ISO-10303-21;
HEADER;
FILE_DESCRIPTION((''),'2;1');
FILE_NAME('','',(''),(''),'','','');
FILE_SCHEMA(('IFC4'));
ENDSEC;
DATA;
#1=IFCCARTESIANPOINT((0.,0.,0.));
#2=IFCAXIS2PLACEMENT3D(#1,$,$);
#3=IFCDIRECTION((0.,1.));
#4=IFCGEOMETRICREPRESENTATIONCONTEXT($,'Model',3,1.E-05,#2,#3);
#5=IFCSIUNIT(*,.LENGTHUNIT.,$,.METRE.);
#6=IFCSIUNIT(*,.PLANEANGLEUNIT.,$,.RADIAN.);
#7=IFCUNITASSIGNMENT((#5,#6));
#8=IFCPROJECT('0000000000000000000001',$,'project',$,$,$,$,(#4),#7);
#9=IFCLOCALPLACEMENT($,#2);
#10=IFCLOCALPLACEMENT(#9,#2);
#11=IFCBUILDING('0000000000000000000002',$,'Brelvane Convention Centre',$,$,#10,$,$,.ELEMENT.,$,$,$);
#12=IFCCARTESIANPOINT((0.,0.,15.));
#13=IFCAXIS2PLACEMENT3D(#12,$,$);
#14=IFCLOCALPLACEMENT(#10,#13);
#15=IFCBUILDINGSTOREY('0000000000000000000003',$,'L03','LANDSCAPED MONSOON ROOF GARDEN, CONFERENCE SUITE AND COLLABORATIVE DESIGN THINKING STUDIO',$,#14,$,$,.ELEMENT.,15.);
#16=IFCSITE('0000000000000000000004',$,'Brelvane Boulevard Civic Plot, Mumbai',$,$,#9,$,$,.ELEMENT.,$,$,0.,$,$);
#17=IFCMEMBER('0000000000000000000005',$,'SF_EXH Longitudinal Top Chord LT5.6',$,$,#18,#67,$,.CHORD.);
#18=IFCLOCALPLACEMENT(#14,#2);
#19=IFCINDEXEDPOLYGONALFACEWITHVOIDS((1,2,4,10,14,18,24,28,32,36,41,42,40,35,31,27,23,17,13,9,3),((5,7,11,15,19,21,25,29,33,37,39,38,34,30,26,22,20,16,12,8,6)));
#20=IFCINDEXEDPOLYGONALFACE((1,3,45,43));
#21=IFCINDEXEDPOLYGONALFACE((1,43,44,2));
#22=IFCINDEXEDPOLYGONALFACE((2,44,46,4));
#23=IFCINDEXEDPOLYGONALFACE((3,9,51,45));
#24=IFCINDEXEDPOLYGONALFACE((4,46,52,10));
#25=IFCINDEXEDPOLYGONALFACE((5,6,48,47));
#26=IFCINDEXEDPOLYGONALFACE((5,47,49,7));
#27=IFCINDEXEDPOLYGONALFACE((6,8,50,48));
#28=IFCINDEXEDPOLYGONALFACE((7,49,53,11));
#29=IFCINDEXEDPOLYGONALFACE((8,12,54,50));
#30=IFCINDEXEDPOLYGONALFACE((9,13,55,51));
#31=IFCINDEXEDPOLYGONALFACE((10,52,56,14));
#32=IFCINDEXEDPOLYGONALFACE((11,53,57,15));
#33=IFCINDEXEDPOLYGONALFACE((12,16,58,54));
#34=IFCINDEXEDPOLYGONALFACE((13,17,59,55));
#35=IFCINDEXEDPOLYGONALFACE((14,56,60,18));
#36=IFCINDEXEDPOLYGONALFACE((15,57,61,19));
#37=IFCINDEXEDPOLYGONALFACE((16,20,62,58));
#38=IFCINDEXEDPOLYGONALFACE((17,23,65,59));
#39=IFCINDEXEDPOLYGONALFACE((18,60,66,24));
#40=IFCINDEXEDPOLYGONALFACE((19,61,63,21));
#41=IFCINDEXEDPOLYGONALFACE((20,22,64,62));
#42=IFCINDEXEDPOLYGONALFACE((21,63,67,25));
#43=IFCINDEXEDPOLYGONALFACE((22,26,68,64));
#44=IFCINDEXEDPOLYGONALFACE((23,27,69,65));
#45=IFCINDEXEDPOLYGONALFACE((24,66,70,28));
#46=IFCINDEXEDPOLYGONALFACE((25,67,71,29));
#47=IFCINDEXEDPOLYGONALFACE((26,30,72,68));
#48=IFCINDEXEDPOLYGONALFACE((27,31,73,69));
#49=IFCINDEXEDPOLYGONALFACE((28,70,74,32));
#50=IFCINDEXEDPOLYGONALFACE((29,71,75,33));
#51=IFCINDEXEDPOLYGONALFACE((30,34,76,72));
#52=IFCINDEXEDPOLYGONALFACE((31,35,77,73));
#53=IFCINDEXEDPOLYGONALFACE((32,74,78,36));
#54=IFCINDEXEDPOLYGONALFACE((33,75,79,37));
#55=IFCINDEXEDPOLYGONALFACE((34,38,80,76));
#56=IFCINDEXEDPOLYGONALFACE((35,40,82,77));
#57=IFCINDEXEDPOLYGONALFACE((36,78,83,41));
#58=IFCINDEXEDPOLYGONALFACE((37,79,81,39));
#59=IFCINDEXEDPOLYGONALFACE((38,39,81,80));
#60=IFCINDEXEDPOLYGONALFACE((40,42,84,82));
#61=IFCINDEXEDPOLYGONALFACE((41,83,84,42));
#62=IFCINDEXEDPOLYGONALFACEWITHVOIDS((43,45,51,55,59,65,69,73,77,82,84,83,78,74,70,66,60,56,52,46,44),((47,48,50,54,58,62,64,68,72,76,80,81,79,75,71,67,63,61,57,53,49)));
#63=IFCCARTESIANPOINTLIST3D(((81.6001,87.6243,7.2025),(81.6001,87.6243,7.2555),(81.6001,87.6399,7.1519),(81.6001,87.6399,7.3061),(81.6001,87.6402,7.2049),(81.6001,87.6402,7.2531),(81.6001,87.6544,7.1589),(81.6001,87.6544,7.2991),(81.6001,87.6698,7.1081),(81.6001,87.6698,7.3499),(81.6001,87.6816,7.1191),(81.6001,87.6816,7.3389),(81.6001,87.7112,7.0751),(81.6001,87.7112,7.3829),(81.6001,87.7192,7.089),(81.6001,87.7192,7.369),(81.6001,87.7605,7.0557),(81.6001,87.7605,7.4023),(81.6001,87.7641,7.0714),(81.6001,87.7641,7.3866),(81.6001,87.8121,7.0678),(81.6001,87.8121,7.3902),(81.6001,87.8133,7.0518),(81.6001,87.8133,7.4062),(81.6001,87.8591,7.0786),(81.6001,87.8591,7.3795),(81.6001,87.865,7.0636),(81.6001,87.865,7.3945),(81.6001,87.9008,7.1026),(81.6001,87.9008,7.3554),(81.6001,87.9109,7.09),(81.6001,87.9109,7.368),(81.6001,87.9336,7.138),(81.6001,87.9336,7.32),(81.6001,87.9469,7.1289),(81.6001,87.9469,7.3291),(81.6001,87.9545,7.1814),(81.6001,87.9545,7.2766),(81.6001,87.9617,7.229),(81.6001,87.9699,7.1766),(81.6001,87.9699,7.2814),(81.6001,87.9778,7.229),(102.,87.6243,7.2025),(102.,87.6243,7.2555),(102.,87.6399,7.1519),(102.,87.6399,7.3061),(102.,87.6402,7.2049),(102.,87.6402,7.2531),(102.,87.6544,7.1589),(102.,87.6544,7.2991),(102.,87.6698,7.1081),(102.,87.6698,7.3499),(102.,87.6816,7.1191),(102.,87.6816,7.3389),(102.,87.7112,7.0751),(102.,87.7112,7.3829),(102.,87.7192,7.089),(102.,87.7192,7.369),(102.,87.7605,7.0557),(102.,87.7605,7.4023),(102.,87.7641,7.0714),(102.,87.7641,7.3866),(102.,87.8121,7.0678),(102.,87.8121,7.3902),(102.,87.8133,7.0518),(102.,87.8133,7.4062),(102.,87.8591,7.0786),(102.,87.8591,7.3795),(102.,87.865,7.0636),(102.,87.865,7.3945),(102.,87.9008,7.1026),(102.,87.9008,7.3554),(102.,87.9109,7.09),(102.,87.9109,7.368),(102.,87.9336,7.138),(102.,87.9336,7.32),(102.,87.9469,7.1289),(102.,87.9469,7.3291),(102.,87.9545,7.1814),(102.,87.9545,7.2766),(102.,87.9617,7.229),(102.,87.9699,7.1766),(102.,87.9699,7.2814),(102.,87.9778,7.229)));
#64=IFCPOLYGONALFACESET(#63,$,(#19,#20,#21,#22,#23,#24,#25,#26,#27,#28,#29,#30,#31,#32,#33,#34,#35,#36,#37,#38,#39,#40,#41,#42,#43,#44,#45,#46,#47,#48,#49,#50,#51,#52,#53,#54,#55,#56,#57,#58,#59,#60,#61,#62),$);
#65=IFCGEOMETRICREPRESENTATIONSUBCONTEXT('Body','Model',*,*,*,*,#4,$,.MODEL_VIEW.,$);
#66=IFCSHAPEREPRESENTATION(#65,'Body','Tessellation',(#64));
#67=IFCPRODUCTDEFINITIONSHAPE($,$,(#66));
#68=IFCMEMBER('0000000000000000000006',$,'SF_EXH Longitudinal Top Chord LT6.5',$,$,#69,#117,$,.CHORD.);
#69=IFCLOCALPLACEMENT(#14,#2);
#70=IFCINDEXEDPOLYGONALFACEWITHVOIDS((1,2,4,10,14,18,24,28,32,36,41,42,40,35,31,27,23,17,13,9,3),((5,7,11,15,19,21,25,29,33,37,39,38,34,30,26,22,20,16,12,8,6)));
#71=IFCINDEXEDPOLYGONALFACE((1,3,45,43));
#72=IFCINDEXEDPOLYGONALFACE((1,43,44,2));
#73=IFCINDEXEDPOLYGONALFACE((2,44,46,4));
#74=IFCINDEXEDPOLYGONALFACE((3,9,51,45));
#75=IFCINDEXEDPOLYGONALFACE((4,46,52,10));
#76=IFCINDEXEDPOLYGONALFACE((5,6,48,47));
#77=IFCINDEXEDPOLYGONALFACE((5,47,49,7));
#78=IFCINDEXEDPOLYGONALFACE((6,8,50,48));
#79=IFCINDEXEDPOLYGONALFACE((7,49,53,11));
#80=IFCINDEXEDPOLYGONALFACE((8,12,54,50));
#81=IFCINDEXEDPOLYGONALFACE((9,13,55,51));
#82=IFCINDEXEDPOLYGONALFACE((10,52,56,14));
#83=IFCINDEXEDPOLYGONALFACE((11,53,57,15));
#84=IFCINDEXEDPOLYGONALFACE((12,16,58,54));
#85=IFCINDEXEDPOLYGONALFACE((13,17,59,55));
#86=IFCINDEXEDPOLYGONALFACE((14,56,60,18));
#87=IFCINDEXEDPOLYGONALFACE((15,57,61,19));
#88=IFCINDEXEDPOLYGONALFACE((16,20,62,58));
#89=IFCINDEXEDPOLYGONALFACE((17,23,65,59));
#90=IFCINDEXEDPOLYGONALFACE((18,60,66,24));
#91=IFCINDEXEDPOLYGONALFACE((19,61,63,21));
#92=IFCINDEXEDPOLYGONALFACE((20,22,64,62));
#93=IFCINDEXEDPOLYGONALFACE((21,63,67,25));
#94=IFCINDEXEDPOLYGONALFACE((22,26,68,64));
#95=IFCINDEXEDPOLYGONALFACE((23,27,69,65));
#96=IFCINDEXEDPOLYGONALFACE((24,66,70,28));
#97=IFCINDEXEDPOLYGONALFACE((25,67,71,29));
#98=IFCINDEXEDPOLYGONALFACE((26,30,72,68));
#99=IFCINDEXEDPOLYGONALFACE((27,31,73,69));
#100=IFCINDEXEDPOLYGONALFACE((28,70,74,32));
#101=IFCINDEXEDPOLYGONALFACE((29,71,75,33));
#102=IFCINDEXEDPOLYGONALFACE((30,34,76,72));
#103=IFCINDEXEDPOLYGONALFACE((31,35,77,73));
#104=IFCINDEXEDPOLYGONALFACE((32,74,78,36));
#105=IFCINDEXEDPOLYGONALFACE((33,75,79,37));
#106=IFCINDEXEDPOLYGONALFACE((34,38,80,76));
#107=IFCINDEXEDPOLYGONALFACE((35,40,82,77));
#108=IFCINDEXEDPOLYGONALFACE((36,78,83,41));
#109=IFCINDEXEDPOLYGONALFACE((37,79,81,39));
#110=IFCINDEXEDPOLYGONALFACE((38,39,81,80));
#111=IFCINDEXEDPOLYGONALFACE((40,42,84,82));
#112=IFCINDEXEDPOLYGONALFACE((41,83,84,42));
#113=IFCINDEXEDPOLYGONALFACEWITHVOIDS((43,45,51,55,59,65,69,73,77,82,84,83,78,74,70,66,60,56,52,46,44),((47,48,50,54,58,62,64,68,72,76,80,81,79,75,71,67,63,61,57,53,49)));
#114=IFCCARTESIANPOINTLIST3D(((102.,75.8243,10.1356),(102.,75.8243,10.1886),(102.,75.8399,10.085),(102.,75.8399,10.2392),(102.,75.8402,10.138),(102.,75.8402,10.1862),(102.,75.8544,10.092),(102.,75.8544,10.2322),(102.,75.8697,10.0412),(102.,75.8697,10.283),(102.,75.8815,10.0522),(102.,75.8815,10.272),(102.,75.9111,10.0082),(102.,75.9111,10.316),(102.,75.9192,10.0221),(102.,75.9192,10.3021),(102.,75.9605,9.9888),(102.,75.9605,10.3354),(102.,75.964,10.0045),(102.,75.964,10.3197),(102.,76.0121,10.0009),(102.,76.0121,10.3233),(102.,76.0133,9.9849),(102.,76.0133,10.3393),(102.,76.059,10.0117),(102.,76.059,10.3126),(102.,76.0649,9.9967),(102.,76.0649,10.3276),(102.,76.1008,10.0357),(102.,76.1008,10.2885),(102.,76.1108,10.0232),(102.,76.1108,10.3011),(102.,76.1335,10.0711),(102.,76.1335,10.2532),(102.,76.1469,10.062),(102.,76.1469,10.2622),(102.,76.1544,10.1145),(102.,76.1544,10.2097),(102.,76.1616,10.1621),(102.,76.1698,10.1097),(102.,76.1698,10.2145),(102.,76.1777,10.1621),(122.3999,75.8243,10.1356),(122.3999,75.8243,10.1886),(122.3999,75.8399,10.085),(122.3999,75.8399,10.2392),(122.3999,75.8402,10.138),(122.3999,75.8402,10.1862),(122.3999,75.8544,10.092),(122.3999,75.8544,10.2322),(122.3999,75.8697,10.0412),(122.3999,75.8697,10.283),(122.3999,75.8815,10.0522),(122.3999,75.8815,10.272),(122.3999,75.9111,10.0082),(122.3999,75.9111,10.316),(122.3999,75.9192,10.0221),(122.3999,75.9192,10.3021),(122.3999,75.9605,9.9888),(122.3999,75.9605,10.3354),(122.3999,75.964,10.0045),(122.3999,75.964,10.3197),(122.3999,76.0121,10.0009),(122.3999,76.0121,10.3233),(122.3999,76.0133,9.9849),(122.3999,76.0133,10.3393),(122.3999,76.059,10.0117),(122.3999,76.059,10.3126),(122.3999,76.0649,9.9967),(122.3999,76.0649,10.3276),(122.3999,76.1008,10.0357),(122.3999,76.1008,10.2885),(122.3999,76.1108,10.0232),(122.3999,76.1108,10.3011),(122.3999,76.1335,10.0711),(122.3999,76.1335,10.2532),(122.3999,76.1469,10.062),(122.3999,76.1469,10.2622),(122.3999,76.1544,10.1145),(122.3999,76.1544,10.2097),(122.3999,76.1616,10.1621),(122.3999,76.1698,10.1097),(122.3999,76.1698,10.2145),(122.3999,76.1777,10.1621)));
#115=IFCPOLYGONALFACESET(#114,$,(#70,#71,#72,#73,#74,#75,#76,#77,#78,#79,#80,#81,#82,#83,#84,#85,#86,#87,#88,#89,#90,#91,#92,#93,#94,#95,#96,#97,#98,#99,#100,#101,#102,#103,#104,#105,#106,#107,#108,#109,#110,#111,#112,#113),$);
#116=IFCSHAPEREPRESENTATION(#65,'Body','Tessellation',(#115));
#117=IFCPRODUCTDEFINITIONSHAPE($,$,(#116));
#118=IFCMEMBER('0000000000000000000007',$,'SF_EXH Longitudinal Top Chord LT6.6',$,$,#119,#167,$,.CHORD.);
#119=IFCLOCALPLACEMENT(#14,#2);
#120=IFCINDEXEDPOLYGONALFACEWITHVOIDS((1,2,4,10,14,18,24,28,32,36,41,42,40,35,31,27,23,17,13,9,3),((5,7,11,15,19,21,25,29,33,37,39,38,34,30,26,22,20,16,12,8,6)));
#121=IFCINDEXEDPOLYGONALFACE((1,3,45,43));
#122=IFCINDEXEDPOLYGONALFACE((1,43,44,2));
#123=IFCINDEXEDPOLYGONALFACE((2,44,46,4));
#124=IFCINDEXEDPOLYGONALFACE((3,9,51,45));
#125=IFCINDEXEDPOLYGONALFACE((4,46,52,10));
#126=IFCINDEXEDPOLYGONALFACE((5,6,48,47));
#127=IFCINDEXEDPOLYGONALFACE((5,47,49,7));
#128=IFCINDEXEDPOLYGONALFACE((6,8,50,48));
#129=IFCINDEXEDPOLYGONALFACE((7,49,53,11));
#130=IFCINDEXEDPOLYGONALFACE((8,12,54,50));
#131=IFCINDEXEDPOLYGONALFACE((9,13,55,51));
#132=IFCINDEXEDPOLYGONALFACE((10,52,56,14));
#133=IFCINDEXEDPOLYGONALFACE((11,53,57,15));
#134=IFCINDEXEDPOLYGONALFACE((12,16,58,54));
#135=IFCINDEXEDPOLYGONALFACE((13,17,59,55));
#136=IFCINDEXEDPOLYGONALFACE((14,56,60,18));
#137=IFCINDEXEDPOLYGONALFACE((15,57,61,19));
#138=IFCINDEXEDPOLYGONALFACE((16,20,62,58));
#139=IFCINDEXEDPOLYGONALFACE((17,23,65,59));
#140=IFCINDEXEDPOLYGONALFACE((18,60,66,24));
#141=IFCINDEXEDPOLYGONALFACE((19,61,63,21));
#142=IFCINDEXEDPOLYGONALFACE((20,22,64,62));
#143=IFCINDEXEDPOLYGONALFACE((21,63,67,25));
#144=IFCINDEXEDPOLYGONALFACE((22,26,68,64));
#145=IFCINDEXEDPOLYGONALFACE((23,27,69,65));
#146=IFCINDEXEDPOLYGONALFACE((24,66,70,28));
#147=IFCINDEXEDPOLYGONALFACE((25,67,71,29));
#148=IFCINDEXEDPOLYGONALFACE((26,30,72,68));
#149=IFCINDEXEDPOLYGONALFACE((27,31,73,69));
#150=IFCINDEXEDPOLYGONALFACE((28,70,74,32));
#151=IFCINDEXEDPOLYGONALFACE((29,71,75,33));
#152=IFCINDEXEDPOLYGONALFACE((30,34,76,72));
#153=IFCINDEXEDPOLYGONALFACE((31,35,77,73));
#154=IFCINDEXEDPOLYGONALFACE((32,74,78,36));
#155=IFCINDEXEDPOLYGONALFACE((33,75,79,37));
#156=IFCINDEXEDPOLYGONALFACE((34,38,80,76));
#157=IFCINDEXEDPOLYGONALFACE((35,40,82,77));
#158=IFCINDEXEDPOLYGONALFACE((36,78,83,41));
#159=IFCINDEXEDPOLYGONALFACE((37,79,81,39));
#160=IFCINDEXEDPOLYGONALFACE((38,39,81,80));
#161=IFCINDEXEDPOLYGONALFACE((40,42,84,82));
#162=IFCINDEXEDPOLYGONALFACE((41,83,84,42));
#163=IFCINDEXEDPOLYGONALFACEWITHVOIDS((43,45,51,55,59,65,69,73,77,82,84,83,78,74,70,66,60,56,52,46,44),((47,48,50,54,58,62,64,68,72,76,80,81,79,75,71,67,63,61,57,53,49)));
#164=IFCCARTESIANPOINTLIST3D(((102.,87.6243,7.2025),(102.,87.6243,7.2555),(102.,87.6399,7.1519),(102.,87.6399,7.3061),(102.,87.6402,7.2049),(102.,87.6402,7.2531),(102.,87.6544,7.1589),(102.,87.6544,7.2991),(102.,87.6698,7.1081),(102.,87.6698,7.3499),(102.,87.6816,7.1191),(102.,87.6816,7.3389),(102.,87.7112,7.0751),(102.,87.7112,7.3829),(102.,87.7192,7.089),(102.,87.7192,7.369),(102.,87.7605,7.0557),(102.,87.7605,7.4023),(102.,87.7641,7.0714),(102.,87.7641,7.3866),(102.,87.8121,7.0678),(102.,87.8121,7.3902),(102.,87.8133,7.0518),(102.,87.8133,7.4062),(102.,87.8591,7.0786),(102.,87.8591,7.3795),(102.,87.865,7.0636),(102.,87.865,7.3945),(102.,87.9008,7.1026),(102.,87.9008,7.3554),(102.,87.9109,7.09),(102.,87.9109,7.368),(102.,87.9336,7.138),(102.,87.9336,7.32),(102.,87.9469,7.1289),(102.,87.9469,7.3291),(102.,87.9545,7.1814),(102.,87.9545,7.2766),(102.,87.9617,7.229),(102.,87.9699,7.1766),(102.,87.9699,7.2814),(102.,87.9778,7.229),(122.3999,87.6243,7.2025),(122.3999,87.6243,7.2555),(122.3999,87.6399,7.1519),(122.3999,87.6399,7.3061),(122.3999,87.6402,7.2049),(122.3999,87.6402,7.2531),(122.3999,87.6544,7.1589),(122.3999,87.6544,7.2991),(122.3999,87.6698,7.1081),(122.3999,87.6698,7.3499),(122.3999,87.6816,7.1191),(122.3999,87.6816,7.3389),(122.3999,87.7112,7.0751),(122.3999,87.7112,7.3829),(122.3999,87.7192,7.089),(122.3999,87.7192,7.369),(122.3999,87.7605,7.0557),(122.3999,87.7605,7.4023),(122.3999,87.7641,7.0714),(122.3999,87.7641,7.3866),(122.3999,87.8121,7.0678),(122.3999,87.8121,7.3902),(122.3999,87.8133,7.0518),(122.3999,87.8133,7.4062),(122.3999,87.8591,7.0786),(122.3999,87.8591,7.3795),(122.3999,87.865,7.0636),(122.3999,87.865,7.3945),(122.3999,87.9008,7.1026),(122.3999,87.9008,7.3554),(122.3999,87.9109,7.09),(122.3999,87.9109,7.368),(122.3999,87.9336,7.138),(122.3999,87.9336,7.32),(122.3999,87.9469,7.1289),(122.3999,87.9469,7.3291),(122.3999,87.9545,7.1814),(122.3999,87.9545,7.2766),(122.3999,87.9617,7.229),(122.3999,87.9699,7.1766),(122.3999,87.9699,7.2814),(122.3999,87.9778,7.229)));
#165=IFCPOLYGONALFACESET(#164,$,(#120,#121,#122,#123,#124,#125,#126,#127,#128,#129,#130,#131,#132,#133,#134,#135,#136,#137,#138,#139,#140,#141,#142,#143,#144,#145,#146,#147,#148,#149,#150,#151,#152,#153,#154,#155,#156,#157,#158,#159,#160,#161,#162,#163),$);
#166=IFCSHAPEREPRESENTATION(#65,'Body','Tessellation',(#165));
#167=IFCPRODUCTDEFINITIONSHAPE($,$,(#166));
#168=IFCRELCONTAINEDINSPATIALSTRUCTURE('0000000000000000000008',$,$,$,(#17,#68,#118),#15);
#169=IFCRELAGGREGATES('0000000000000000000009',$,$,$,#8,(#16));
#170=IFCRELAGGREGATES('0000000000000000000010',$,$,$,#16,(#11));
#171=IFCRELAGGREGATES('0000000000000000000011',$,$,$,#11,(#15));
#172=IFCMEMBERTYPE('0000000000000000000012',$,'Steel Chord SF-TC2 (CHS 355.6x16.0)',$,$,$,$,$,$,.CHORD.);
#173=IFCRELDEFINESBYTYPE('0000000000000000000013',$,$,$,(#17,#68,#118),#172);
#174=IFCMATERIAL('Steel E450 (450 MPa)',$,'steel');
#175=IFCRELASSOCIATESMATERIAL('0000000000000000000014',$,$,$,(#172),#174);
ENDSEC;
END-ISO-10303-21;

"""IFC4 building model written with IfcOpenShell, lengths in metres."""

from ifc_helpers import new_model, si_unit, direction, frame, origin, origin_2d, place, context, subcontext, project, spatial, hollow_circle, extrude, material, material_profile, profile_set, type_object, element, save


model = new_model("IFC4")

# Units and contexts
model_context = context("Model", 3, precision=1e-05, world=origin(), true_north=direction((0.0, 1.0)))
body_context = subcontext(model_context, "Body", "Model", "MODEL_VIEW")
ifc_project = project(units=[si_unit("LENGTHUNIT", "METRE"), si_unit("PLANEANGLEUNIT", "RADIAN")], contexts=[model_context])

# Site, building, storey
site_placement = place(None, origin())
site = spatial("IfcSite", under=ifc_project, at=site_placement, Name="Brelvane Boulevard Civic Plot, Mumbai", CompositionType="ELEMENT", RefElevation=0.0)
building_placement = place(site_placement, origin())
building = spatial("IfcBuilding", under=site, at=building_placement, Name="Brelvane Convention Centre", CompositionType="ELEMENT")
storey_placement = place(building_placement, frame((0.0, 0.0, 15.0)))
storey = spatial("IfcBuildingStorey", under=building, at=storey_placement, Name="L03", Description="LANDSCAPED MONSOON ROOF GARDEN, CONFERENCE SUITE AND COLLABORATIVE DESIGN THINKING STUDIO", CompositionType="ELEMENT", Elevation=15.0)

# Members
ifc_material_1 = material(Name="Steel E450 (450 MPa)", Category="steel")
ifc_material_profile_1 = material_profile(ifc_material_1, hollow_circle(Radius=0.1777, WallThickness=0.0161, at=origin_2d()), Name="CHS 355.6x16.0")
ifc_profile_set_1 = profile_set([ifc_material_profile_1], Name="Steel E450 (450 MPa)")
member_type_1 = type_object("IfcMemberType", Name="Steel Chord SF-TC2 (CHS 355.6x16.0)", PredefinedType="CHORD", material=ifc_profile_set_1)
for number, where, z_axis, x_axis, name in (
    (1, (81.6001, 87.8, 7.229), (1.0, 0.0, 0.0), (0.0, 1.0, 0.0), "SF_EXH Longitudinal Top Chord LT5.6"),
    (2, (102.0, 76.0, 10.1621), (1.0, 0.0, 0.0), (0.0, 1.0, 0.0), "SF_EXH Longitudinal Top Chord LT6.5"),
    (3, (102.0, 87.8, 7.229), (1.0, 0.0, 0.0), (0.0, 1.0, 0.0), "SF_EXH Longitudinal Top Chord LT6.6"),
):
    element("IfcMember", number, at=place(storey_placement, frame(where, z_axis=z_axis, x_axis=x_axis)), inside=storey, type_object=member_type_1, Name=name, PredefinedType="CHORD", context=body_context, shape_type="SweptSolid", body=[
        extrude(hollow_circle(Radius=0.1777, WallThickness=0.0161, at=origin_2d()), origin(), (0.0, 0.0, 1.0), 20.3999),
    ])

save(model, "model.ifc")
